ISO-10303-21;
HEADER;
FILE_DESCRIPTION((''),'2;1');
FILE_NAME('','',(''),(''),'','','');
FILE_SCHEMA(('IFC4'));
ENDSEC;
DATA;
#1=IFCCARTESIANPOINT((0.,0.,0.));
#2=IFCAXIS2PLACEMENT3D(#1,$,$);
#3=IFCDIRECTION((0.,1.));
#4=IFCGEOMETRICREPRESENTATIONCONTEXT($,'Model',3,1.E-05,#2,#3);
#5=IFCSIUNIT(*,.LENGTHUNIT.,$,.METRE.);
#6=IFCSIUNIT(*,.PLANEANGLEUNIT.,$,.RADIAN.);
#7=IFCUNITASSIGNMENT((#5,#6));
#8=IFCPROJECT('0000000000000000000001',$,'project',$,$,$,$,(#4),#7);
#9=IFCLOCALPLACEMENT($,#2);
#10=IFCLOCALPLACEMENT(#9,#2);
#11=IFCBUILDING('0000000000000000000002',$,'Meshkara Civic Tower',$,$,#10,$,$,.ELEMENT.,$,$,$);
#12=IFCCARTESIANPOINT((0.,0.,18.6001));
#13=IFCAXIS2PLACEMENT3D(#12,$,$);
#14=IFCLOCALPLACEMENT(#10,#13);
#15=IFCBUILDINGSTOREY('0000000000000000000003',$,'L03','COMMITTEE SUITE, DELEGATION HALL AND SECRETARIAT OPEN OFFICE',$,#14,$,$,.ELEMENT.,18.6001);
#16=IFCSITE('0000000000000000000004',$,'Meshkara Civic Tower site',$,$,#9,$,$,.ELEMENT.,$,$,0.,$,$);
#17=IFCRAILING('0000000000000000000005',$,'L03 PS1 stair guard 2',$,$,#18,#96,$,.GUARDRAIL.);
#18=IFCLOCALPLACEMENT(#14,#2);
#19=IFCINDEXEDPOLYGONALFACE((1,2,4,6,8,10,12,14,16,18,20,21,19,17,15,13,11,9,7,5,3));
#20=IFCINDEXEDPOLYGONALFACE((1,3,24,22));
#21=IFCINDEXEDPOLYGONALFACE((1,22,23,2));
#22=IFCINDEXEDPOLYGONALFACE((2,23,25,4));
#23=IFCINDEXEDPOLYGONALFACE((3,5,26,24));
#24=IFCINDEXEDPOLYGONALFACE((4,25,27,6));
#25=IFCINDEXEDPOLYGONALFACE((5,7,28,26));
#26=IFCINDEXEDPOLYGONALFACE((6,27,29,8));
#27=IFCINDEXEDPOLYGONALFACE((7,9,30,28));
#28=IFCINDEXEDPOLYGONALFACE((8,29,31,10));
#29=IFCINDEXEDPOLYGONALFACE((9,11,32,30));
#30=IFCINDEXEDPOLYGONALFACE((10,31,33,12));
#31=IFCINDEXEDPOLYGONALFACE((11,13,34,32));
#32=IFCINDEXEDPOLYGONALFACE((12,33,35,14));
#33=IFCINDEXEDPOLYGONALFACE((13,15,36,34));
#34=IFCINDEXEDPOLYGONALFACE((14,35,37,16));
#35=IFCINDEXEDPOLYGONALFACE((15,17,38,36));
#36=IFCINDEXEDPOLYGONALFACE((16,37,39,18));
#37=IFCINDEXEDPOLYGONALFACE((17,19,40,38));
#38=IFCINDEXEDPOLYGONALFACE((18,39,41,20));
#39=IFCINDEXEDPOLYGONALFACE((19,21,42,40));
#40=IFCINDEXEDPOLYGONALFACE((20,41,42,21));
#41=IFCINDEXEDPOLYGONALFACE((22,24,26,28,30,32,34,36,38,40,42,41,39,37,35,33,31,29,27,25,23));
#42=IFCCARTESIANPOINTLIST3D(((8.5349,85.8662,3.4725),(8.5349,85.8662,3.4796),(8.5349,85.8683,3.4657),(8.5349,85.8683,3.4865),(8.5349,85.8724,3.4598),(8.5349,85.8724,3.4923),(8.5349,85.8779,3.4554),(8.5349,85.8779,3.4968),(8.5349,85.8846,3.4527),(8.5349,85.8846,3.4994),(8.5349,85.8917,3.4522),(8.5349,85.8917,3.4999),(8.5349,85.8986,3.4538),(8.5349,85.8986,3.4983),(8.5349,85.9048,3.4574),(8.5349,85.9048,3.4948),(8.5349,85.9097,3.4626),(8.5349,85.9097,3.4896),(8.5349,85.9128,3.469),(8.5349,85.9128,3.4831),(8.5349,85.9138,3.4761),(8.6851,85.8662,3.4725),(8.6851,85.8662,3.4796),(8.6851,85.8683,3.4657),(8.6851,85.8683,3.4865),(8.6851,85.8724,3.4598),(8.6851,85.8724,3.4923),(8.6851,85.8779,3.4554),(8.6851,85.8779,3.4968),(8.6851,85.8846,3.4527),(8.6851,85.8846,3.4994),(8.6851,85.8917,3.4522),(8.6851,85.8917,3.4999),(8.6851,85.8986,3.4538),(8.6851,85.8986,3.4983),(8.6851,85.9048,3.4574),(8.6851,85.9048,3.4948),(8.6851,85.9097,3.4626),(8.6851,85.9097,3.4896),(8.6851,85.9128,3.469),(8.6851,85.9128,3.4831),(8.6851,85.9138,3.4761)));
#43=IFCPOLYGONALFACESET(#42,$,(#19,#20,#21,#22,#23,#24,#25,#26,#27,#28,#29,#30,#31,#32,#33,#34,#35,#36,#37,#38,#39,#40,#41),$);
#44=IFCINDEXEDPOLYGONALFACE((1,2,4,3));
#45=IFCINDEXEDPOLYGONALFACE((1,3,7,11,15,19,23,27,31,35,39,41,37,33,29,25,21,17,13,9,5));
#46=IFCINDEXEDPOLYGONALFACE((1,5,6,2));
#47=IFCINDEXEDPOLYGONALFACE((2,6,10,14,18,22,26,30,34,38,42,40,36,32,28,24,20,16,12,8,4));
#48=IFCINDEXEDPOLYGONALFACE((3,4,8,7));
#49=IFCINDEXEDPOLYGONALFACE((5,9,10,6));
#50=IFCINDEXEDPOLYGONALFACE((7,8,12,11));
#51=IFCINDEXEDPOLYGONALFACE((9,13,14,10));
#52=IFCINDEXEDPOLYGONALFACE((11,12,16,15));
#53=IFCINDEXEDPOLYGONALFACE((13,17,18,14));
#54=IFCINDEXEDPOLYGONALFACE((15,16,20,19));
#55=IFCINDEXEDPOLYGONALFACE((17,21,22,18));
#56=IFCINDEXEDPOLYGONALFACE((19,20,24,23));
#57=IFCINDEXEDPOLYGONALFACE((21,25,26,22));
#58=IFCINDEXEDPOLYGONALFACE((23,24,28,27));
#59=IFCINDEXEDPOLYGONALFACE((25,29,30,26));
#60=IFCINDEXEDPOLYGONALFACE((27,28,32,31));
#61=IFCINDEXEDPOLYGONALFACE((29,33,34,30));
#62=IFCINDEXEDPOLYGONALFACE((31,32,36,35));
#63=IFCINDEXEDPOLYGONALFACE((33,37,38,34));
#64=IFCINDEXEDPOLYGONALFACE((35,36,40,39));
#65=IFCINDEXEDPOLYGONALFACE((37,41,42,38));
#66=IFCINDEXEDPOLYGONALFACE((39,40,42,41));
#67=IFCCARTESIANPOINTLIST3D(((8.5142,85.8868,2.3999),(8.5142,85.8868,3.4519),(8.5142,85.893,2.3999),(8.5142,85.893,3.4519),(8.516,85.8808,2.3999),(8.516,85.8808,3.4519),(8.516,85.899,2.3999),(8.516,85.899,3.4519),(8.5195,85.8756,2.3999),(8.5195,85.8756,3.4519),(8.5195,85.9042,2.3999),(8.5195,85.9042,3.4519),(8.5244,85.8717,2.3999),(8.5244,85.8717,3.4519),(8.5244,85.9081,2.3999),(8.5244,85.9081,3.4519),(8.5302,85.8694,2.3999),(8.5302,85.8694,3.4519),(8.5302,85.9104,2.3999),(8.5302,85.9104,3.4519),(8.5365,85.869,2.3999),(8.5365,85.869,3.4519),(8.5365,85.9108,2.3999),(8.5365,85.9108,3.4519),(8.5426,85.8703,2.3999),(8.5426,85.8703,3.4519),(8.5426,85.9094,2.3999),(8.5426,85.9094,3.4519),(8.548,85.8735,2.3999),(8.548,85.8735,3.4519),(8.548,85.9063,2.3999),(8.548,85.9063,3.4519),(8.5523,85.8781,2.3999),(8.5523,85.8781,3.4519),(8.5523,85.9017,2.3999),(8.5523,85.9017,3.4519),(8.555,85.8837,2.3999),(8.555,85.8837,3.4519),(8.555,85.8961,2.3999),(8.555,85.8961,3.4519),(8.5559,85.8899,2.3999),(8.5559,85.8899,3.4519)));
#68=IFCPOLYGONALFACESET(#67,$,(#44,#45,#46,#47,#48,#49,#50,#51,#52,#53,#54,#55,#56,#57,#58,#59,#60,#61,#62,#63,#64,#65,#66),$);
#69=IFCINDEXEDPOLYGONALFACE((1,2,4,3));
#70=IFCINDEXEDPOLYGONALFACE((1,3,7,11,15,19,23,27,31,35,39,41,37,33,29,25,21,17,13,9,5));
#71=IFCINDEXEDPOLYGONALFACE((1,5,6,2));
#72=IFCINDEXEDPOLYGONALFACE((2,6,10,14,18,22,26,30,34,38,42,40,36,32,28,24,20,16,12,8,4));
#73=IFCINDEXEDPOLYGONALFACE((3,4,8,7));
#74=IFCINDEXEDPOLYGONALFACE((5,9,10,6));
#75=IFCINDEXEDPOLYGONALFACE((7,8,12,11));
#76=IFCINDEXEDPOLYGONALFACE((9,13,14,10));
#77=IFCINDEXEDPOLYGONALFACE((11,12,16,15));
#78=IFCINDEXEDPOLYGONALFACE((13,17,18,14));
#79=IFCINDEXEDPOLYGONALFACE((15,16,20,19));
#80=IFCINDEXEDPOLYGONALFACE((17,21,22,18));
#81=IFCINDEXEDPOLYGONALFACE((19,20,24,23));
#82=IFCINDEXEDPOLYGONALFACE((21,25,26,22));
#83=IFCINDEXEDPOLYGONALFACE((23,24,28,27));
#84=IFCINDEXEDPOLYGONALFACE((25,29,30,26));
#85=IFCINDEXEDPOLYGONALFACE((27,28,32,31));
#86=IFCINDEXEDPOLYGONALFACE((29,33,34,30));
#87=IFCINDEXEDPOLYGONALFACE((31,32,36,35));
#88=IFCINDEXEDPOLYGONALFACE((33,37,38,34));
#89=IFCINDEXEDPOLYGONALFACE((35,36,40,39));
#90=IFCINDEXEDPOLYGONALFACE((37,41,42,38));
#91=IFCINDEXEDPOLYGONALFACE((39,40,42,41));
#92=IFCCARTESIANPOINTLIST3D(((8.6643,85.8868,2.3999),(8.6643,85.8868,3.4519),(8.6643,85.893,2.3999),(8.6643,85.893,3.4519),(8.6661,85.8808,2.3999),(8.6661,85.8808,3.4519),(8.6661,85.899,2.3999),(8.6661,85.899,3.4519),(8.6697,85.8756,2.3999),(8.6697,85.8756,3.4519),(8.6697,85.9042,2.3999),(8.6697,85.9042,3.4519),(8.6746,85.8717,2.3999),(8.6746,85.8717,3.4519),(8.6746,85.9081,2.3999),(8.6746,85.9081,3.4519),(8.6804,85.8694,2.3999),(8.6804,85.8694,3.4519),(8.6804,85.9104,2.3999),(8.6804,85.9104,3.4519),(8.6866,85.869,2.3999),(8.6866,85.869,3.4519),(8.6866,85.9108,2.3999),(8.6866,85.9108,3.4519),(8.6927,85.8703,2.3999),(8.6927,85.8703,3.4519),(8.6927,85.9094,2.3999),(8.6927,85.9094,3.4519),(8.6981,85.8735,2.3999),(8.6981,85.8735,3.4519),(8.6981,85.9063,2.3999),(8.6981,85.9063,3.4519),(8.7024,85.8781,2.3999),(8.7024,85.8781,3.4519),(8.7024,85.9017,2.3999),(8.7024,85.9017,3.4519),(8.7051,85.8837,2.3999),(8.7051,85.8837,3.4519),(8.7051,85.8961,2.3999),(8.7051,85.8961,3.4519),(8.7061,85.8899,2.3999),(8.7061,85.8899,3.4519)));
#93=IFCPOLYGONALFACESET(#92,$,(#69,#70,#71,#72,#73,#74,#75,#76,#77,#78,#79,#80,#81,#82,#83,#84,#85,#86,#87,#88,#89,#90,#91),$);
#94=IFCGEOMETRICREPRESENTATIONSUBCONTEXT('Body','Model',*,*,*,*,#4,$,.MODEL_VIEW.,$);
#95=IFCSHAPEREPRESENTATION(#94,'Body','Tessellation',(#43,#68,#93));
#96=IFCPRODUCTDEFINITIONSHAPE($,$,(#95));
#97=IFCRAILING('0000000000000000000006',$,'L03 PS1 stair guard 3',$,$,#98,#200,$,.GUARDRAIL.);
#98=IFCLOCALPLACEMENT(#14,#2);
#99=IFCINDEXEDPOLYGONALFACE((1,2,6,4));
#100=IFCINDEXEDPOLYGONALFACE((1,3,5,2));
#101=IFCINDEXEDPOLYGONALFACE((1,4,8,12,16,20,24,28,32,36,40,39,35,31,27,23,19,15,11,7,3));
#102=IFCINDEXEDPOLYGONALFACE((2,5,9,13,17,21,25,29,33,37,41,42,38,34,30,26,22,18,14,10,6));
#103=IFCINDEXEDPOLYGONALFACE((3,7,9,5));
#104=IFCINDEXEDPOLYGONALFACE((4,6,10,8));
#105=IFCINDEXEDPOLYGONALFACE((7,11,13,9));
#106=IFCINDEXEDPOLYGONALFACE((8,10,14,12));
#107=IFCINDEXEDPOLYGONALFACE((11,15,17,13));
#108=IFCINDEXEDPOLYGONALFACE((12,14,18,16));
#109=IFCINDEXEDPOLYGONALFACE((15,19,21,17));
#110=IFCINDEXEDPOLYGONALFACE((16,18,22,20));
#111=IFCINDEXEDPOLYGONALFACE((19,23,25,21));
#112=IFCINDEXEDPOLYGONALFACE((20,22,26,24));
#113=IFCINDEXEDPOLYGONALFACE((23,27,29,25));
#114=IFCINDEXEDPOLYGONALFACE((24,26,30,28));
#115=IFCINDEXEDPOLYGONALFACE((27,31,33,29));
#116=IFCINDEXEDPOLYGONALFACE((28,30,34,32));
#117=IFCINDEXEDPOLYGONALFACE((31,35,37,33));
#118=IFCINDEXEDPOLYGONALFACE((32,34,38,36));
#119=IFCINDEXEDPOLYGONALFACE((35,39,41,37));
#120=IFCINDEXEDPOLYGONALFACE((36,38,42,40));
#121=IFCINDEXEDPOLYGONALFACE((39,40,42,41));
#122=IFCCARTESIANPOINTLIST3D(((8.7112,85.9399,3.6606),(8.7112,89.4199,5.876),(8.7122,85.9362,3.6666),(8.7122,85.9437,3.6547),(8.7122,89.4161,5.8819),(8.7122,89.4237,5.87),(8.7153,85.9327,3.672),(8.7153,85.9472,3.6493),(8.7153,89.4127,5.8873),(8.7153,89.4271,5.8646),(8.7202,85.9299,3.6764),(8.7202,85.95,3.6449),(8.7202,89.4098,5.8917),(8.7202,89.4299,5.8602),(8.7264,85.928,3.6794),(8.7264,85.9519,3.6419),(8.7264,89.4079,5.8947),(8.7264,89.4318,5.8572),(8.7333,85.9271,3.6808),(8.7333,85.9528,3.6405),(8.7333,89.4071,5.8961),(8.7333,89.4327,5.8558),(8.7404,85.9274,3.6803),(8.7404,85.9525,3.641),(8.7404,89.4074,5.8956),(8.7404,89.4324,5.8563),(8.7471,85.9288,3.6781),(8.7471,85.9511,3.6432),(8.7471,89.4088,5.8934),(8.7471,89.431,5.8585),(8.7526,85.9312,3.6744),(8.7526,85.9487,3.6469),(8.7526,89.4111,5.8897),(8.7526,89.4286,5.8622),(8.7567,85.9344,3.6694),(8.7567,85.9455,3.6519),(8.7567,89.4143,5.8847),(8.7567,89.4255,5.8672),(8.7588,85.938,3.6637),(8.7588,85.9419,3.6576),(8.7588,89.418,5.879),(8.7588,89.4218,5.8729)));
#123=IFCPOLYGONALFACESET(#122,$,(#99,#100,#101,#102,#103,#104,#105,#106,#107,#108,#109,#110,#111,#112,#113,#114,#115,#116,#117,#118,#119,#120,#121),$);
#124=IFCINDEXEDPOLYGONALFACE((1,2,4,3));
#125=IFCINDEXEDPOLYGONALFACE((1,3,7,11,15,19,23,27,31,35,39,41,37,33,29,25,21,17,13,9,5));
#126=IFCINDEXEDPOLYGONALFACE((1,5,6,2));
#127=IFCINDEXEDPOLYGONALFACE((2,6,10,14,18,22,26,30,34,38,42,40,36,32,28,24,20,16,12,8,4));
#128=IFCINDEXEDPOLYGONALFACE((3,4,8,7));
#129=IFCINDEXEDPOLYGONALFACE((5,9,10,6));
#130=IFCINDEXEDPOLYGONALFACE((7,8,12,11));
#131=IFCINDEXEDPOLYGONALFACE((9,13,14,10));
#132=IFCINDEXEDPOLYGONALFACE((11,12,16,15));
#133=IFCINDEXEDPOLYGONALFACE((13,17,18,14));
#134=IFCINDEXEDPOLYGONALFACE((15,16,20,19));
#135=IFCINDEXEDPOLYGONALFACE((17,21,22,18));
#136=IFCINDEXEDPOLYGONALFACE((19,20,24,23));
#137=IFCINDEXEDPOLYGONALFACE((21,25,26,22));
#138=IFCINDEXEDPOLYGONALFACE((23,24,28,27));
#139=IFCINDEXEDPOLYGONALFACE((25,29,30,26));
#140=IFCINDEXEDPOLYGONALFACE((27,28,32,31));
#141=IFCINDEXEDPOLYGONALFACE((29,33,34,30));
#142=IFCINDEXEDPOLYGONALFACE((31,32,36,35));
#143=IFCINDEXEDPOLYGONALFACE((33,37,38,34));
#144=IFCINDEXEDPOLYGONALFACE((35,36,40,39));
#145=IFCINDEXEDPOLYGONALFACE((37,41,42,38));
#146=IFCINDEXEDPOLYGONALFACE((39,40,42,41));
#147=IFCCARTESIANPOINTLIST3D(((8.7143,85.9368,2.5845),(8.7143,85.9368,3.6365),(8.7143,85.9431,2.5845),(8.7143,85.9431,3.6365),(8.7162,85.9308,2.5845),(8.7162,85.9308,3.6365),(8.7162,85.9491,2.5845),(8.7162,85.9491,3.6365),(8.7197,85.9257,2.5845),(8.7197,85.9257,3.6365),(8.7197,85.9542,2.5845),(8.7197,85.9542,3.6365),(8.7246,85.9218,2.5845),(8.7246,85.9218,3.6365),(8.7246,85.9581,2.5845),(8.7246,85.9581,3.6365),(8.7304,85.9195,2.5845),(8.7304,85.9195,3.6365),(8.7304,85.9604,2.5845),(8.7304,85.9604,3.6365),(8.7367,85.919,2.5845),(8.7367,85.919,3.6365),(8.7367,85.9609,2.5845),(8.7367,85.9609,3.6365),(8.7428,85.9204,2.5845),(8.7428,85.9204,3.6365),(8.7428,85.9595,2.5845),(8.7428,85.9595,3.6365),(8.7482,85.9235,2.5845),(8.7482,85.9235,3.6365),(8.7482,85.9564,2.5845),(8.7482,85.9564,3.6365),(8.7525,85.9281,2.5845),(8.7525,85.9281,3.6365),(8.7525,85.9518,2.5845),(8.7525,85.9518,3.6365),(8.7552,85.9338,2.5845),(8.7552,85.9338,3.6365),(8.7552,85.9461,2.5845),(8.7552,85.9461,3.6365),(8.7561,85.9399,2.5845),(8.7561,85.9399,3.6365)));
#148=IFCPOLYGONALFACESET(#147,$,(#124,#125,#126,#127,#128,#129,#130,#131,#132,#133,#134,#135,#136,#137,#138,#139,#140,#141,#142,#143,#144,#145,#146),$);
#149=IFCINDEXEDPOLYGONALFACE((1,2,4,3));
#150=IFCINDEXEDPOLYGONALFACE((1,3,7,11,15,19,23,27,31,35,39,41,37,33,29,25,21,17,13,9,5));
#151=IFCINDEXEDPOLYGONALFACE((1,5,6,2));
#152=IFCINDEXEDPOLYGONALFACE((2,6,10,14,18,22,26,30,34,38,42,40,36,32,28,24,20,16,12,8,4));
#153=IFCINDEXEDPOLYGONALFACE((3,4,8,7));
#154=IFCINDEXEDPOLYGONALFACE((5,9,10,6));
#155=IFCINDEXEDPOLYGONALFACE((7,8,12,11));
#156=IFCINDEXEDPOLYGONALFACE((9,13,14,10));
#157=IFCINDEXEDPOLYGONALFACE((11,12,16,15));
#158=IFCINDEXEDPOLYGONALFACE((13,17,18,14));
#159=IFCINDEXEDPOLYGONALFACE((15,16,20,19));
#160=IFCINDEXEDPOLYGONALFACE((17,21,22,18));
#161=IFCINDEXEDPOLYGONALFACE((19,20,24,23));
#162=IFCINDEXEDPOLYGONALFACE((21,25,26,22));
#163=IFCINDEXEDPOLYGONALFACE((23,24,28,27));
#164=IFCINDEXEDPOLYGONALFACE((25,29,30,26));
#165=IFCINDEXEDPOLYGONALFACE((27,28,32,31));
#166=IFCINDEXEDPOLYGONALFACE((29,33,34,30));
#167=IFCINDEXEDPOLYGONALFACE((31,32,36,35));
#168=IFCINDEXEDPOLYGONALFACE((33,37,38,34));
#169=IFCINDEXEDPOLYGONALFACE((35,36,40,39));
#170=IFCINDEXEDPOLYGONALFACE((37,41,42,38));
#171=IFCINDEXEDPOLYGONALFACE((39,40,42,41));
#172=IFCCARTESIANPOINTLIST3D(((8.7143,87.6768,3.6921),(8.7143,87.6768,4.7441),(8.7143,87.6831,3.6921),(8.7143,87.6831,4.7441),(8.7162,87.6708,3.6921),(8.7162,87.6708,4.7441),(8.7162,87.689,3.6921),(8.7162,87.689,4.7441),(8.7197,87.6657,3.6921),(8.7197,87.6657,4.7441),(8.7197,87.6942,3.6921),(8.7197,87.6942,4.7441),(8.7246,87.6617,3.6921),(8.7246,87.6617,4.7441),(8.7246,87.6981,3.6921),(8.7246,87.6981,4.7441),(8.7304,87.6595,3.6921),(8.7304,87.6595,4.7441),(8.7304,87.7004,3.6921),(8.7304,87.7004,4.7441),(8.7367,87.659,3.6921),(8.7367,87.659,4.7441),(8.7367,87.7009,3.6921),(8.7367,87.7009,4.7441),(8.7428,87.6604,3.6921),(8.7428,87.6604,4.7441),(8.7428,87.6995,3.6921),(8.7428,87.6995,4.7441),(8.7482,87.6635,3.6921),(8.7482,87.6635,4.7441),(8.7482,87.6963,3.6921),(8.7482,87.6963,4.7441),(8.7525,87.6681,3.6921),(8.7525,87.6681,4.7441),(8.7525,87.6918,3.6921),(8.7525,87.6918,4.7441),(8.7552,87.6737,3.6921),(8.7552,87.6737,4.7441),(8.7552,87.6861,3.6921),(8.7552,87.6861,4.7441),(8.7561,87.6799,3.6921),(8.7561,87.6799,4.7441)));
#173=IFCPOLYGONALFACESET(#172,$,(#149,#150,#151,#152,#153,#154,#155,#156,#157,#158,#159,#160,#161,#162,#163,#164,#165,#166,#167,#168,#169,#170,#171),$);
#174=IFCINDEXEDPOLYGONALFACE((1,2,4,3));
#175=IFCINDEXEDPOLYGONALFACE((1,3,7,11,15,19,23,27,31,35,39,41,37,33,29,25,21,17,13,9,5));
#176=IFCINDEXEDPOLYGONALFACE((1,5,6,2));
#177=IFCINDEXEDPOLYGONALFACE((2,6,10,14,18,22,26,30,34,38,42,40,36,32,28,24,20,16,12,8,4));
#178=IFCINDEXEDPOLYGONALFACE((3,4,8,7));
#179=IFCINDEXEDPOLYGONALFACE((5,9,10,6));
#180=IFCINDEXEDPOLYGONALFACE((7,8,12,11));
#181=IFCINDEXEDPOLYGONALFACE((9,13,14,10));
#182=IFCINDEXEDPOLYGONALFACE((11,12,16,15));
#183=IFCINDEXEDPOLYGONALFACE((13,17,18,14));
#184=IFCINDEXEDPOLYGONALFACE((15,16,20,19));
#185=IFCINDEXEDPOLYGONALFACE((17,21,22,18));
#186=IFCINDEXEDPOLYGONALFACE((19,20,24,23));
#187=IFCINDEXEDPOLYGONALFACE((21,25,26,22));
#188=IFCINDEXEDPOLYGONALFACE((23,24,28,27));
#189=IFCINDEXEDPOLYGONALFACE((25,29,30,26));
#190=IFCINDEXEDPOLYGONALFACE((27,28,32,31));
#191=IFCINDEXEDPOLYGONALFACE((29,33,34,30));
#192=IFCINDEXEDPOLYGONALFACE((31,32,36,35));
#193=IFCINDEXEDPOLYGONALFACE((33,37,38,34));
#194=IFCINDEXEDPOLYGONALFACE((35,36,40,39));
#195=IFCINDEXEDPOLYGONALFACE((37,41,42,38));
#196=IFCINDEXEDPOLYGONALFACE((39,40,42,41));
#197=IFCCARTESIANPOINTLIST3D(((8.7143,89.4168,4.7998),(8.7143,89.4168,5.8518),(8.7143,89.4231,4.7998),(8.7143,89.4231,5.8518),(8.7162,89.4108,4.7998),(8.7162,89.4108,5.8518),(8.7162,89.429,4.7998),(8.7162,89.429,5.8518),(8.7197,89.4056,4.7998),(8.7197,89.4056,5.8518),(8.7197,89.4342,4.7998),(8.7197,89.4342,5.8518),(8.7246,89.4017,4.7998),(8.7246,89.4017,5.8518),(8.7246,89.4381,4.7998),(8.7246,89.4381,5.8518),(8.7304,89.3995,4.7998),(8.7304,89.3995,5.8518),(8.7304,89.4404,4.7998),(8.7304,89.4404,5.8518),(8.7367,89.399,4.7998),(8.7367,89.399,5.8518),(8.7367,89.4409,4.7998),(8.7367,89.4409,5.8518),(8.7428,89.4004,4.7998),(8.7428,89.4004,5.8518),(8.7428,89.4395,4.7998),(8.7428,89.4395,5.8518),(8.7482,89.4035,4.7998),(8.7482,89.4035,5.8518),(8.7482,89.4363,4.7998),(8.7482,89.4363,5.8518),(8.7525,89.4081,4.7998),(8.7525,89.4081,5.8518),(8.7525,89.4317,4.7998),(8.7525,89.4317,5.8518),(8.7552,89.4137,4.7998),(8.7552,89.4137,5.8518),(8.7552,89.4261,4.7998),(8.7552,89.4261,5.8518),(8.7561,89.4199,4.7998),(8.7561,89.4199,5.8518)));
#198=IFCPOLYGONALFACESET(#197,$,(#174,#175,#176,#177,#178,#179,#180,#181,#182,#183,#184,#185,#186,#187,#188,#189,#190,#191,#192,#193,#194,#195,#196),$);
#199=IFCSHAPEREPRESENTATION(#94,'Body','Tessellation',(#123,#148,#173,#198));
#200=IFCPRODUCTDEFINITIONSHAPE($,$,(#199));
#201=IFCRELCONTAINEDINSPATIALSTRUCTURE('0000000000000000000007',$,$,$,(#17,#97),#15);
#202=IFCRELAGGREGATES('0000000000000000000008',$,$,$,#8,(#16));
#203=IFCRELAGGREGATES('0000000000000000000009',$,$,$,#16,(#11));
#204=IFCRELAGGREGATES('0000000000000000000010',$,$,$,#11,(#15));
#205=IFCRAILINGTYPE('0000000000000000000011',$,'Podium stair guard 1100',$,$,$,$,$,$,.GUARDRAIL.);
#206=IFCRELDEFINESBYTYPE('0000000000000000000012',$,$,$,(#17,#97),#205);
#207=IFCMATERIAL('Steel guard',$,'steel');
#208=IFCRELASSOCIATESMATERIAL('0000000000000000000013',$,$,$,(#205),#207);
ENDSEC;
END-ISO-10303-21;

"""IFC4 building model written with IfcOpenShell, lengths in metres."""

from ifc_helpers import new_model, si_unit, direction, frame, origin, origin_2d, place, context, subcontext, project, spatial, circle, extrude, material, type_object, element, save


model = new_model("IFC4")

# Units and contexts
model_context = context("Model", 3, precision=1e-05, world=origin(), true_north=direction((0.0, 1.0)))
body_context = subcontext(model_context, "Body", "Model", "MODEL_VIEW")
ifc_project = project(units=[si_unit("LENGTHUNIT", "METRE"), si_unit("PLANEANGLEUNIT", "RADIAN")], contexts=[model_context])

# Site, building, storey
site_placement = place(None, origin())
site = spatial("IfcSite", under=ifc_project, at=site_placement, Name="Meshkara Civic Tower site", CompositionType="ELEMENT", RefElevation=0.0)
building_placement = place(site_placement, origin())
building = spatial("IfcBuilding", under=site, at=building_placement, Name="Meshkara Civic Tower", CompositionType="ELEMENT")
storey_placement = place(building_placement, frame((0.0, 0.0, 18.6001)))
storey = spatial("IfcBuildingStorey", under=building, at=storey_placement, Name="L03", Description="COMMITTEE SUITE, DELEGATION HALL AND SECRETARIAT OPEN OFFICE", CompositionType="ELEMENT", Elevation=18.6001)

# Railings
ifc_material_1 = material(Name="Steel guard", Category="steel")
railing_type_1 = type_object("IfcRailingType", Name="Podium stair guard 1100", PredefinedType="GUARDRAIL", material=ifc_material_1)
railing_1_placement = place(storey_placement, frame((8.5349, 85.8899, 2.3999)))
element("IfcRailing", 1, at=railing_1_placement, inside=storey, type_object=railing_type_1, Name="L03 PS1 stair guard 2", PredefinedType="GUARDRAIL", context=body_context, shape_type="SweptSolid", body=[
    extrude(circle(Radius=0.0239, at=origin_2d()), frame((0.0, 0.0, 1.0762), z_axis=(1.0, 0.0, 0.0), x_axis=(0.0, 1.0, 0.0)), (0.0, 0.0, 1.0), 0.1501),
    extrude(circle(Radius=0.021, at=origin_2d()), origin(), (0.0, 0.0, 1.0), 1.052),
    extrude(circle(Radius=0.021, at=origin_2d()), frame((0.1501, 0.0, 0.0)), (0.0, 0.0, 1.0), 1.052),
])
railing_2_placement = place(storey_placement, frame((8.7351, 85.9399, 2.5845)))
element("IfcRailing", 2, at=railing_2_placement, inside=storey, type_object=railing_type_1, Name="L03 PS1 stair guard 3", PredefinedType="GUARDRAIL", context=body_context, shape_type="SweptSolid", body=[
    extrude(circle(Radius=0.0239, at=origin_2d()), frame((0.0, 0.0, 1.0762), z_axis=(0.0, 0.843574, 0.537013), x_axis=(-1.0, 0.0, 0.0)), (0.0, 0.0, 1.0), 4.1252),
    extrude(circle(Radius=0.021, at=origin_2d()), origin(), (0.0, 0.0, 1.0), 1.052),
    extrude(circle(Radius=0.021, at=origin_2d()), frame((0.0, 1.74, 1.1077)), (0.0, 0.0, 1.0), 1.052),
    extrude(circle(Radius=0.021, at=origin_2d()), frame((0.0, 3.48, 2.2153)), (0.0, 0.0, 1.0), 1.052),
])

save(model, "model.ifc")
